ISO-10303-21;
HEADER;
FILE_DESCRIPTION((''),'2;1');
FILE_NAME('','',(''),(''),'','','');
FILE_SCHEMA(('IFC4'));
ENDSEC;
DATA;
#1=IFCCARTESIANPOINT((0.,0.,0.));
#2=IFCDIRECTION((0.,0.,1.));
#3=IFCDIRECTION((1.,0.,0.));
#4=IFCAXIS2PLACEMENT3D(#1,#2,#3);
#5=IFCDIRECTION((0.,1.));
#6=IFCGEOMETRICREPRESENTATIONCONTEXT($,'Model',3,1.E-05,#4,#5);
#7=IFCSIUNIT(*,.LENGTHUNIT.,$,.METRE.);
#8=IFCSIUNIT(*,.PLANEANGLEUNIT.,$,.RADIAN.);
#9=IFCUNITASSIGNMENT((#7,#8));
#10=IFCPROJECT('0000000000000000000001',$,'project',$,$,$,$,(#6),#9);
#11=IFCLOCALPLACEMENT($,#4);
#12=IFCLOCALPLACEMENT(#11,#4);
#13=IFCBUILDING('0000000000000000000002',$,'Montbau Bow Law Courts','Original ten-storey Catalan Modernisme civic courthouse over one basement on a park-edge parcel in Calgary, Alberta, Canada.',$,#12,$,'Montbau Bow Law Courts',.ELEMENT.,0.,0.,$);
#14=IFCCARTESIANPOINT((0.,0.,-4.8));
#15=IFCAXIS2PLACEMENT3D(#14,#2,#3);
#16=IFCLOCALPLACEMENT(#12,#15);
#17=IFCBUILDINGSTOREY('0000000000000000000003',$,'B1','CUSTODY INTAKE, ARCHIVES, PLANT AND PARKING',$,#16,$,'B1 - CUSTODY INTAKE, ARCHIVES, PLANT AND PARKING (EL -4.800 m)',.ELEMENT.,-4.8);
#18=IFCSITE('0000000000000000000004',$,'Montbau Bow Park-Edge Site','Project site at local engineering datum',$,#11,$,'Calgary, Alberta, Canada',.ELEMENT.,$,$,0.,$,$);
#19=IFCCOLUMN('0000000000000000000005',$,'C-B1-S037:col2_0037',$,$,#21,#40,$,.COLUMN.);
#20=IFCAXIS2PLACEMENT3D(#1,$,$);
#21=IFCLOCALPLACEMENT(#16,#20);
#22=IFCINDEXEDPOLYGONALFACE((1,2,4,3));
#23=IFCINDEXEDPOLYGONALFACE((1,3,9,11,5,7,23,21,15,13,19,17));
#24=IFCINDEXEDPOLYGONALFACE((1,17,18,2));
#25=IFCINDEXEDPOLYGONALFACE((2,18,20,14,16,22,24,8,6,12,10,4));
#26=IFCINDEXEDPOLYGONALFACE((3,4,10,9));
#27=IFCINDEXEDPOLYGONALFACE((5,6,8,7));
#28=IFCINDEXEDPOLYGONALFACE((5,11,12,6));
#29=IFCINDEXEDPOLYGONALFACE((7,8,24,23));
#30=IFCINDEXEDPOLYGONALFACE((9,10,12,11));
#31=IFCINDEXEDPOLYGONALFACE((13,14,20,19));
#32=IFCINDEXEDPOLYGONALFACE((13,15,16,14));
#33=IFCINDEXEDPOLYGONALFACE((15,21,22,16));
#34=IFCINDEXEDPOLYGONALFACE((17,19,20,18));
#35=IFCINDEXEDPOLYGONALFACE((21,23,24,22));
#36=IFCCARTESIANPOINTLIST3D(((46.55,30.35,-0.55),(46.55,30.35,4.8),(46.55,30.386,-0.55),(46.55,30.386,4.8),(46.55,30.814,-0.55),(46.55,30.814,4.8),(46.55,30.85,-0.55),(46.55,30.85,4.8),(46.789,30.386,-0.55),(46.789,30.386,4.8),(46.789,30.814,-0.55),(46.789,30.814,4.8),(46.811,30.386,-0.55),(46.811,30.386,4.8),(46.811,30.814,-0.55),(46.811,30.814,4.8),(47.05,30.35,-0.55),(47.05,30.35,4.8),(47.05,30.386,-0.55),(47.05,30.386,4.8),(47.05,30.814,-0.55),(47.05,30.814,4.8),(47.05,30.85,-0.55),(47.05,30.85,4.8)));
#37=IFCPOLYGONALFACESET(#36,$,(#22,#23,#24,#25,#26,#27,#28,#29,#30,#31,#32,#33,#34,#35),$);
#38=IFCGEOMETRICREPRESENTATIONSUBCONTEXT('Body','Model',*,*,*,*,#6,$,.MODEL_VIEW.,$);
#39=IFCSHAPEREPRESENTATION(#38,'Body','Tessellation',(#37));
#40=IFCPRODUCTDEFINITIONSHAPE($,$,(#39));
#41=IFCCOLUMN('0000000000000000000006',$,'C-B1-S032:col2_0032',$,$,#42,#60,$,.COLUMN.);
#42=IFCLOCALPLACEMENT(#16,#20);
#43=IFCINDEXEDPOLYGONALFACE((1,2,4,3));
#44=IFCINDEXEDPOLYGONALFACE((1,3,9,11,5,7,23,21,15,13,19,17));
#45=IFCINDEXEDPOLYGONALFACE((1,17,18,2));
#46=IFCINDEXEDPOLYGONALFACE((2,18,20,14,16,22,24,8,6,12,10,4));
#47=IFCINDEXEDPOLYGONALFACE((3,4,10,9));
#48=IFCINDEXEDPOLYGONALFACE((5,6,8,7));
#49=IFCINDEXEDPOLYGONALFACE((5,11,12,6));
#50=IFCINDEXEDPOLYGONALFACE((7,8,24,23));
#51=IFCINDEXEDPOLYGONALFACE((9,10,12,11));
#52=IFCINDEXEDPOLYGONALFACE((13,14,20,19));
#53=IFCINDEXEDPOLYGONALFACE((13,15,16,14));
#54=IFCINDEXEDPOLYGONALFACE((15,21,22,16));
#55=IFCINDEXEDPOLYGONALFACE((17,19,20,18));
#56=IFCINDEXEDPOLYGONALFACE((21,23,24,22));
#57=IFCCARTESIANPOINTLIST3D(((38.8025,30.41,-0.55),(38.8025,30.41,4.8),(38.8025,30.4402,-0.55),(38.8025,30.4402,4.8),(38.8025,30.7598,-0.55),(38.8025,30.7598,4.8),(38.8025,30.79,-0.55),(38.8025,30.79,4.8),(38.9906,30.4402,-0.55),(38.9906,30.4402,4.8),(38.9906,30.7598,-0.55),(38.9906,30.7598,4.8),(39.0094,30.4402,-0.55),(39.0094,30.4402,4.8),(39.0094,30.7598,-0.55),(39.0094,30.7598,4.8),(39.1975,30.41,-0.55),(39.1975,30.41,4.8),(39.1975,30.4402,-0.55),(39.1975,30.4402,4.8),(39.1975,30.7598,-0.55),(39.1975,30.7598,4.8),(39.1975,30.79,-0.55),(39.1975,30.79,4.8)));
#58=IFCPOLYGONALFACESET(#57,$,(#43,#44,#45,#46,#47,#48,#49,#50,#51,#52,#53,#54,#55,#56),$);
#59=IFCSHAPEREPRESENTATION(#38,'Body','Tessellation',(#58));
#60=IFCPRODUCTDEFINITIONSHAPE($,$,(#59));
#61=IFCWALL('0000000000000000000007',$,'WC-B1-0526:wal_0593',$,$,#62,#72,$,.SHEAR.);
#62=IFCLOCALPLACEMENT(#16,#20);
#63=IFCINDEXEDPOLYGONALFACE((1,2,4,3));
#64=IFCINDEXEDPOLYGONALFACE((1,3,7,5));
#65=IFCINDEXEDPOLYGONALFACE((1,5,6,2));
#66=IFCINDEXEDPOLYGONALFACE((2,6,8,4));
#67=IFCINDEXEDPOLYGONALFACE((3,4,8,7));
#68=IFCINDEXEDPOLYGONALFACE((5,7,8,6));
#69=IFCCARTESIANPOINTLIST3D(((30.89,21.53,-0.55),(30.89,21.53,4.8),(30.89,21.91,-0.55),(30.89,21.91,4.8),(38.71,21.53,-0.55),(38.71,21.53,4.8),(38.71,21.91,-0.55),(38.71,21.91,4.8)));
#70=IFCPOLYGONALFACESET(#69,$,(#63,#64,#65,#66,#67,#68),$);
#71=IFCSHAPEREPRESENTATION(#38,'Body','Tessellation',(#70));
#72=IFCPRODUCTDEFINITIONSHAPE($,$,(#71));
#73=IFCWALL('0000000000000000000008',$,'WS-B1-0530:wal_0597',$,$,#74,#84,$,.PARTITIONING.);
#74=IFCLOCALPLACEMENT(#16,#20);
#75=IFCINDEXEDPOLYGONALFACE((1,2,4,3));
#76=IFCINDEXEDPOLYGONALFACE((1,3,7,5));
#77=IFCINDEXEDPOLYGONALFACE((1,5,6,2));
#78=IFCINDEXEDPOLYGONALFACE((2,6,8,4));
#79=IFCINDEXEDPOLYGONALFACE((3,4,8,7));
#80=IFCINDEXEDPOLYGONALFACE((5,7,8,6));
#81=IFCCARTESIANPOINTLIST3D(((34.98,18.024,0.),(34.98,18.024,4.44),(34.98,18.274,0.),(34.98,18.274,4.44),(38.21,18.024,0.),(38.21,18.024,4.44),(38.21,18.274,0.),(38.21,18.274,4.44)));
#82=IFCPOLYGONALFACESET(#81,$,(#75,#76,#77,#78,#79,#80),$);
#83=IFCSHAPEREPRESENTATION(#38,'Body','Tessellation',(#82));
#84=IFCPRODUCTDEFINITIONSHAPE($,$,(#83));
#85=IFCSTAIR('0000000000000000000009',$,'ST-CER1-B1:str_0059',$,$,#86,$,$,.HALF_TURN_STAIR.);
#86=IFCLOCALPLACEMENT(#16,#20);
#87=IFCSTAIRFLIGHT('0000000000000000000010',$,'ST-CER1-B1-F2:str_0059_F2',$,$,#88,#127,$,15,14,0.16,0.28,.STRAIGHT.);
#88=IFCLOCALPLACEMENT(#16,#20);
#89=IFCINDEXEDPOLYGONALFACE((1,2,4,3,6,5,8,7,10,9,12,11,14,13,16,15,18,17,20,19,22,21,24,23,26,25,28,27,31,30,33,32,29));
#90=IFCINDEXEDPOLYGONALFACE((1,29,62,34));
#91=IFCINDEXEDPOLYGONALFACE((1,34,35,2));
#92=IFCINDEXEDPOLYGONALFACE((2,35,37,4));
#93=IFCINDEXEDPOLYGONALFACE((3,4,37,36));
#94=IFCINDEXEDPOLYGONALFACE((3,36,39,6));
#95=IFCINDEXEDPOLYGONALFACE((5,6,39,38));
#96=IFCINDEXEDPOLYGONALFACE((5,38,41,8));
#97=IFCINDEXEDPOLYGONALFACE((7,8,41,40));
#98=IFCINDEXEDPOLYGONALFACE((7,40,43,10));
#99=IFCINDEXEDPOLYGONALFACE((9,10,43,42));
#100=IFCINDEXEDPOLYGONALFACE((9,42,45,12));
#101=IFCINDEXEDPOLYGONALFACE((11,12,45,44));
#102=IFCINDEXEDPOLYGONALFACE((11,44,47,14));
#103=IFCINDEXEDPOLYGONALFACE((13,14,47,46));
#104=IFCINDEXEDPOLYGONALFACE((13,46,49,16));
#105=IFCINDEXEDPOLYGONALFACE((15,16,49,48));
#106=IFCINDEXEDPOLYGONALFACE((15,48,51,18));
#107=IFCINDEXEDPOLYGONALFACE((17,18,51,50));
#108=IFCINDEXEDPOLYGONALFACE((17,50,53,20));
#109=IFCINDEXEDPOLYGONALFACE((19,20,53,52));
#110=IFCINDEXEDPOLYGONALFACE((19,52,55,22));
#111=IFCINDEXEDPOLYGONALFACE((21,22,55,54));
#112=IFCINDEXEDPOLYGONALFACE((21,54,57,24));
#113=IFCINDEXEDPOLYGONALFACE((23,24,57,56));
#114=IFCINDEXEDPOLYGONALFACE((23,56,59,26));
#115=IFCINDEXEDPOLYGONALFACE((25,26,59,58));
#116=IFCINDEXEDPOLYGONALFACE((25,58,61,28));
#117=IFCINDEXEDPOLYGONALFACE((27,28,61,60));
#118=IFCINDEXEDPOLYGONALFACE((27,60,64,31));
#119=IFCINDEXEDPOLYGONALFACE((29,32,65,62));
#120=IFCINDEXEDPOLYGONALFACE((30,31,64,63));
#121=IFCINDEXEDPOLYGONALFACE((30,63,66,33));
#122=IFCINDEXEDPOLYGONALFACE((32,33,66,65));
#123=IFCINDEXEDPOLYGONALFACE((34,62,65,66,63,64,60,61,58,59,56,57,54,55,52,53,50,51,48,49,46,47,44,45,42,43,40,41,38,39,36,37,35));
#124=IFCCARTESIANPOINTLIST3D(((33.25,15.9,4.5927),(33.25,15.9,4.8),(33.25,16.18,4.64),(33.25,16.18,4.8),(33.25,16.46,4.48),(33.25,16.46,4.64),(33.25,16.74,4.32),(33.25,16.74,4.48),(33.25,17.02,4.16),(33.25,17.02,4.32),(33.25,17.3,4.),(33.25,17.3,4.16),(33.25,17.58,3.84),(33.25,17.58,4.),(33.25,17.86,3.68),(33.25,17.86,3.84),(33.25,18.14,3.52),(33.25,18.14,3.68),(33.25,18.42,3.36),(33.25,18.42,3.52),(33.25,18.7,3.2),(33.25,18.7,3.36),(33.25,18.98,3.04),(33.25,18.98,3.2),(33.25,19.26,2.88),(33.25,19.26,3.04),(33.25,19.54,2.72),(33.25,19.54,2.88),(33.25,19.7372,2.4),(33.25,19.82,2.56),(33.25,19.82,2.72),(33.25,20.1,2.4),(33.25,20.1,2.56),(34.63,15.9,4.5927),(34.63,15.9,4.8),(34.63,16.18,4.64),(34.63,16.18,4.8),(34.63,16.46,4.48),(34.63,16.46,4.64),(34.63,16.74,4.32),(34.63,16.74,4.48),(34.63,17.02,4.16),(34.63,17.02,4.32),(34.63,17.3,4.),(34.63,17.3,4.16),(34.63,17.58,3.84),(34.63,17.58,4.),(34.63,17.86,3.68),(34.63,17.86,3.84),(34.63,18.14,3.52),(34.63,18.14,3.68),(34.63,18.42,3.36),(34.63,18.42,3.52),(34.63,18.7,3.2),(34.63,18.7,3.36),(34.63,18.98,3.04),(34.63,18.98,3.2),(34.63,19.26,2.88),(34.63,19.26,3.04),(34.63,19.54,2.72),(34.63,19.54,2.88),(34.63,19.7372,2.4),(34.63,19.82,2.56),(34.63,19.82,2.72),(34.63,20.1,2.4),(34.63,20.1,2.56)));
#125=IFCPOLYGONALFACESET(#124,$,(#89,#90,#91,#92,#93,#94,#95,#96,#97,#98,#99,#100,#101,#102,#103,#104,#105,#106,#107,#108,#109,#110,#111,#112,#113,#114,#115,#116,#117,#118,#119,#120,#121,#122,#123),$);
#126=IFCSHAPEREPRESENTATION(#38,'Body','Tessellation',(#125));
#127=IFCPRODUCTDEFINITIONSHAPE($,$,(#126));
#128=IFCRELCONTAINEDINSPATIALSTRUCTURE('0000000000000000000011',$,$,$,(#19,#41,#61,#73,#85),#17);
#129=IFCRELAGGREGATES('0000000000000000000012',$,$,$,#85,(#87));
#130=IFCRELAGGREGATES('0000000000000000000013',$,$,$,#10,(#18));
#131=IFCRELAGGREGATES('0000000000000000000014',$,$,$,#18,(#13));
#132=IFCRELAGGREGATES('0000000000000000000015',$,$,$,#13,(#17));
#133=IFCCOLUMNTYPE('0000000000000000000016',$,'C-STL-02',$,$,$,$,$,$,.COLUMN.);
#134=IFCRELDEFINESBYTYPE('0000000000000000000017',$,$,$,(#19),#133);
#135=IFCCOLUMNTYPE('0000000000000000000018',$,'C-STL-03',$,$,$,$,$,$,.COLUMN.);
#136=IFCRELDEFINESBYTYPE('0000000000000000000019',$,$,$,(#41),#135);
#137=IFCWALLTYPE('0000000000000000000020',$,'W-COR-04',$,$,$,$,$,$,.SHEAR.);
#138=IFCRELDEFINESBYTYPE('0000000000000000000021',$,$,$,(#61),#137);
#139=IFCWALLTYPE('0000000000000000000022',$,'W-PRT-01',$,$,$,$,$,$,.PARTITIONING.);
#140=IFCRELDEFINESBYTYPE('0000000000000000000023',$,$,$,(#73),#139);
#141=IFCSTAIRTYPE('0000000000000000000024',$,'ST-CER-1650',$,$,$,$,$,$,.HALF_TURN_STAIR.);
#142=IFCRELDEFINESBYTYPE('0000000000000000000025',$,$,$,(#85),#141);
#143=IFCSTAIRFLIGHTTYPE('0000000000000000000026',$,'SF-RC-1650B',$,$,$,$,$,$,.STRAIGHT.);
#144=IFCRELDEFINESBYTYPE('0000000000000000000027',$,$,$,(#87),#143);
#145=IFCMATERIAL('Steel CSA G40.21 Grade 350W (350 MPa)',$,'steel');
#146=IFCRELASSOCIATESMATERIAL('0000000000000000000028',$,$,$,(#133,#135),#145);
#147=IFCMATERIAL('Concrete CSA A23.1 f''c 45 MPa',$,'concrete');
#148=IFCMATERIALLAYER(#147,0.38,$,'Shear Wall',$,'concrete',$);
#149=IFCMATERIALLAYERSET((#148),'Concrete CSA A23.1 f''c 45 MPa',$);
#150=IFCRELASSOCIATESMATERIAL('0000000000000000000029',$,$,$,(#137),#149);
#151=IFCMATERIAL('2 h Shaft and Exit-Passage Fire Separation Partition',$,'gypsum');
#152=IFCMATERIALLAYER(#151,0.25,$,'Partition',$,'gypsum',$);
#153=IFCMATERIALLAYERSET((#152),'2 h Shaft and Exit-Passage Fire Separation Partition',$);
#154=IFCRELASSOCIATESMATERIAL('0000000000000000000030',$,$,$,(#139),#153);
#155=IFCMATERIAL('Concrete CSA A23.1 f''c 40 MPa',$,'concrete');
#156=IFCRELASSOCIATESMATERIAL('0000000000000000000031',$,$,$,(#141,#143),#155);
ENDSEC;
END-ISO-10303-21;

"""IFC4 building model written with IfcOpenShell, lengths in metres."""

from ifc_helpers import new_model, si_unit, direction, frame, frame_2d, origin_with_axes, origin_2d_with_axis, place, context, subcontext, project, spatial, polyline, rectangle, i_section, outline, extrude, material, layer, layer_set, material_profile, profile_set, type_object, element, aggregate, save


model = new_model("IFC4")

# Units and contexts
model_context = context("Model", 3, precision=1e-05, world=origin_with_axes(), true_north=direction((0.0, 1.0)))
body_context = subcontext(model_context, "Body", "Model", "MODEL_VIEW")
ifc_project = project(units=[si_unit("LENGTHUNIT", "METRE"), si_unit("PLANEANGLEUNIT", "RADIAN")], contexts=[model_context])

# Site, building, storey
site_placement = place(None, origin_with_axes())
site = spatial("IfcSite", under=ifc_project, at=site_placement, Name="Montbau Bow Park-Edge Site", Description="Project site at local engineering datum", LongName="Calgary, Alberta, Canada", CompositionType="ELEMENT", RefElevation=0.0)
building_placement = place(site_placement, origin_with_axes())
building = spatial("IfcBuilding", under=site, at=building_placement, Name="Montbau Bow Law Courts", Description="Original ten-storey Catalan Modernisme civic courthouse over one basement on a park-edge parcel in Calgary, Alberta, Canada.", LongName="Montbau Bow Law Courts", CompositionType="ELEMENT", ElevationOfRefHeight=0.0, ElevationOfTerrain=0.0)
storey_placement = place(building_placement, frame((0.0, 0.0, -4.8), z_axis=(0.0, 0.0, 1.0), x_axis=(1.0, 0.0, 0.0)))
storey = spatial("IfcBuildingStorey", under=building, at=storey_placement, Name="B1", Description="CUSTODY INTAKE, ARCHIVES, PLANT AND PARKING", LongName="B1 - CUSTODY INTAKE, ARCHIVES, PLANT AND PARKING (EL -4.800 m)", CompositionType="ELEMENT", Elevation=-4.8)

# Shared definitions
ifc_material_1 = material(Name="Concrete CSA A23.1 f'c 40 MPa", Category="concrete")

# Columns
ifc_material_2 = material(Name="Steel CSA G40.21 Grade 350W (350 MPa)", Category="steel")
ifc_material_profile_1 = material_profile(ifc_material_2, i_section(OverallWidth=0.5, OverallDepth=0.5, WebThickness=0.022, FlangeThickness=0.036, at=origin_2d_with_axis()), Name="WWF500X343", Category="Main", Priority=0)
ifc_profile_set_1 = profile_set([ifc_material_profile_1], Name="Steel CSA G40.21 Grade 350W (350 MPa)")
column_type_1 = type_object("IfcColumnType", Name="C-STL-02", PredefinedType="COLUMN", material=ifc_profile_set_1)
for number, where, z_axis, x_axis, name in (
    (1, (46.8, 30.6, -5.35), (0.0, 0.0, 1.0), (1.0, 0.0, 0.0), "C-B1-S037:col2_0037"),
):
    element("IfcColumn", number, at=place(None, frame(where, z_axis=z_axis, x_axis=x_axis)), inside=storey, type_object=column_type_1, Name=name, PredefinedType="COLUMN", context=body_context, shape_type="SweptSolid", body=[
        extrude(i_section(OverallWidth=0.5, OverallDepth=0.5, WebThickness=0.022, FlangeThickness=0.036, at=origin_2d_with_axis()), origin_with_axes(), (0.0, 0.0, 1.0), 5.35),
    ])
ifc_material_profile_2 = material_profile(ifc_material_2, i_section(OverallWidth=0.395, OverallDepth=0.38, WebThickness=0.0189, FlangeThickness=0.0302, at=origin_2d_with_axis()), Name="W360X237", Category="Main", Priority=0)
ifc_profile_set_2 = profile_set([ifc_material_profile_2], Name="Steel CSA G40.21 Grade 350W (350 MPa)")
column_type_2 = type_object("IfcColumnType", Name="C-STL-03", PredefinedType="COLUMN", material=ifc_profile_set_2)
column_1_placement = place(None, frame((39.0, 30.6, -5.35), z_axis=(0.0, 0.0, 1.0), x_axis=(1.0, 0.0, 0.0)))
element("IfcColumn", 2, at=column_1_placement, inside=storey, type_object=column_type_2, Name="C-B1-S032:col2_0032", PredefinedType="COLUMN", context=body_context, shape_type="SweptSolid", body=[
    extrude(i_section(OverallWidth=0.395, OverallDepth=0.38, WebThickness=0.0189, FlangeThickness=0.0302, at=origin_2d_with_axis()), origin_with_axes(), (0.0, 0.0, 1.0), 5.35),
])

# Walls
ifc_material_3 = material(Name="Concrete CSA A23.1 f'c 45 MPa", Category="concrete")
ifc_layer_1 = layer(ifc_material_3, 0.38, Name="Shear Wall", Category="concrete")
ifc_layer_set_1 = layer_set([ifc_layer_1], Name="Concrete CSA A23.1 f'c 45 MPa")
wall_type_1 = type_object("IfcWallType", Name="W-COR-04", PredefinedType="SHEAR", material=ifc_layer_set_1)
wall_1_placement = place(None, frame((38.71, 21.72, -5.35), z_axis=(0.0, 0.0, 1.0), x_axis=(-1.0, 0.0, 0.0)))
element("IfcWall", 3, at=wall_1_placement, inside=storey, type_object=wall_type_1, Name="WC-B1-0526:wal_0593", PredefinedType="SHEAR", context=body_context, shape_type="SweptSolid", body=[
    extrude(rectangle(XDim=7.82, YDim=0.38, at=frame_2d((3.91, 0.0), x_axis=(1.0, 0.0))), origin_with_axes(), (0.0, 0.0, 1.0), 5.35),
])
ifc_material_4 = material(Name="2 h Shaft and Exit-Passage Fire Separation Partition", Category="gypsum")
ifc_layer_2 = layer(ifc_material_4, 0.25, Name="Partition", Category="gypsum")
ifc_layer_set_2 = layer_set([ifc_layer_2], Name="2 h Shaft and Exit-Passage Fire Separation Partition")
wall_type_2 = type_object("IfcWallType", Name="W-PRT-01", PredefinedType="PARTITIONING", material=ifc_layer_set_2)
wall_2_placement = place(None, frame((34.98, 18.149, -4.8), z_axis=(0.0, 0.0, 1.0), x_axis=(1.0, 0.0, 0.0)))
element("IfcWall", 4, at=wall_2_placement, inside=storey, type_object=wall_type_2, Name="WS-B1-0530:wal_0597", PredefinedType="PARTITIONING", context=body_context, shape_type="SweptSolid", body=[
    extrude(rectangle(XDim=3.23, YDim=0.25, at=frame_2d((1.615, 0.0), x_axis=(1.0, 0.0))), origin_with_axes(), (0.0, 0.0, 1.0), 4.44),
])

# Stair, stair flight
stair_type = type_object("IfcStairType", Name="ST-CER-1650", PredefinedType="HALF_TURN_STAIR", material=ifc_material_1)
stair_placement = place(None, frame((32.11, 15.9, -4.8), z_axis=(0.0, 0.0, 1.0), x_axis=(1.0, 0.0, 0.0)))
stair = element("IfcStair", 5, at=stair_placement, inside=storey, type_object=stair_type, Name="ST-CER1-B1:str_0059", PredefinedType="HALF_TURN_STAIR")
stair_flight_type = type_object("IfcStairFlightType", Name="SF-RC-1650B", PredefinedType="STRAIGHT", material=ifc_material_1)
stair_flight_placement = place(None, frame((33.94, 20.1, -2.4), z_axis=(0.0, 0.0, 1.0), x_axis=(0.0, -1.0, 0.0)))
stair_flight = element("IfcStairFlight", 6, at=stair_flight_placement, type_object=stair_flight_type, Name="ST-CER1-B1-F2:str_0059_F2", NumberOfRisers=15, NumberOfTreads=14, PredefinedType="STRAIGHT", RiserHeight=0.16, TreadLength=0.28, context=body_context, shape_type="SweptSolid", body=[
    extrude(outline(polyline([(0.0, 0.0), (0.0, 0.16), (0.28, 0.16), (0.28, 0.32), (0.56, 0.32), (0.56, 0.48), (0.84, 0.48), (0.84, 0.64), (1.12, 0.64), (1.12, 0.8), (1.4, 0.8), (1.4, 0.96), (1.68, 0.96), (1.68, 1.12), (1.96, 1.12), (1.96, 1.28), (2.24, 1.28), (2.24, 1.44), (2.52, 1.44), (2.52, 1.6), (2.8, 1.6), (2.8, 1.76), (3.08, 1.76), (3.08, 1.92), (3.36, 1.92), (3.36, 2.08), (3.64, 2.08), (3.64, 2.24), (3.92, 2.24), (3.92, 2.4), (4.2, 2.4), (4.2, 2.1927), (0.3628, 0.0), (0.0, 0.0)])), frame((0.0, 0.69, 0.0), z_axis=(0.0, -1.0, 0.0), x_axis=(1.0, 0.0, 0.0)), (0.0, 0.0, 1.0), 1.38),
])
aggregate(stair, [stair_flight])

save(model, "model.ifc")
